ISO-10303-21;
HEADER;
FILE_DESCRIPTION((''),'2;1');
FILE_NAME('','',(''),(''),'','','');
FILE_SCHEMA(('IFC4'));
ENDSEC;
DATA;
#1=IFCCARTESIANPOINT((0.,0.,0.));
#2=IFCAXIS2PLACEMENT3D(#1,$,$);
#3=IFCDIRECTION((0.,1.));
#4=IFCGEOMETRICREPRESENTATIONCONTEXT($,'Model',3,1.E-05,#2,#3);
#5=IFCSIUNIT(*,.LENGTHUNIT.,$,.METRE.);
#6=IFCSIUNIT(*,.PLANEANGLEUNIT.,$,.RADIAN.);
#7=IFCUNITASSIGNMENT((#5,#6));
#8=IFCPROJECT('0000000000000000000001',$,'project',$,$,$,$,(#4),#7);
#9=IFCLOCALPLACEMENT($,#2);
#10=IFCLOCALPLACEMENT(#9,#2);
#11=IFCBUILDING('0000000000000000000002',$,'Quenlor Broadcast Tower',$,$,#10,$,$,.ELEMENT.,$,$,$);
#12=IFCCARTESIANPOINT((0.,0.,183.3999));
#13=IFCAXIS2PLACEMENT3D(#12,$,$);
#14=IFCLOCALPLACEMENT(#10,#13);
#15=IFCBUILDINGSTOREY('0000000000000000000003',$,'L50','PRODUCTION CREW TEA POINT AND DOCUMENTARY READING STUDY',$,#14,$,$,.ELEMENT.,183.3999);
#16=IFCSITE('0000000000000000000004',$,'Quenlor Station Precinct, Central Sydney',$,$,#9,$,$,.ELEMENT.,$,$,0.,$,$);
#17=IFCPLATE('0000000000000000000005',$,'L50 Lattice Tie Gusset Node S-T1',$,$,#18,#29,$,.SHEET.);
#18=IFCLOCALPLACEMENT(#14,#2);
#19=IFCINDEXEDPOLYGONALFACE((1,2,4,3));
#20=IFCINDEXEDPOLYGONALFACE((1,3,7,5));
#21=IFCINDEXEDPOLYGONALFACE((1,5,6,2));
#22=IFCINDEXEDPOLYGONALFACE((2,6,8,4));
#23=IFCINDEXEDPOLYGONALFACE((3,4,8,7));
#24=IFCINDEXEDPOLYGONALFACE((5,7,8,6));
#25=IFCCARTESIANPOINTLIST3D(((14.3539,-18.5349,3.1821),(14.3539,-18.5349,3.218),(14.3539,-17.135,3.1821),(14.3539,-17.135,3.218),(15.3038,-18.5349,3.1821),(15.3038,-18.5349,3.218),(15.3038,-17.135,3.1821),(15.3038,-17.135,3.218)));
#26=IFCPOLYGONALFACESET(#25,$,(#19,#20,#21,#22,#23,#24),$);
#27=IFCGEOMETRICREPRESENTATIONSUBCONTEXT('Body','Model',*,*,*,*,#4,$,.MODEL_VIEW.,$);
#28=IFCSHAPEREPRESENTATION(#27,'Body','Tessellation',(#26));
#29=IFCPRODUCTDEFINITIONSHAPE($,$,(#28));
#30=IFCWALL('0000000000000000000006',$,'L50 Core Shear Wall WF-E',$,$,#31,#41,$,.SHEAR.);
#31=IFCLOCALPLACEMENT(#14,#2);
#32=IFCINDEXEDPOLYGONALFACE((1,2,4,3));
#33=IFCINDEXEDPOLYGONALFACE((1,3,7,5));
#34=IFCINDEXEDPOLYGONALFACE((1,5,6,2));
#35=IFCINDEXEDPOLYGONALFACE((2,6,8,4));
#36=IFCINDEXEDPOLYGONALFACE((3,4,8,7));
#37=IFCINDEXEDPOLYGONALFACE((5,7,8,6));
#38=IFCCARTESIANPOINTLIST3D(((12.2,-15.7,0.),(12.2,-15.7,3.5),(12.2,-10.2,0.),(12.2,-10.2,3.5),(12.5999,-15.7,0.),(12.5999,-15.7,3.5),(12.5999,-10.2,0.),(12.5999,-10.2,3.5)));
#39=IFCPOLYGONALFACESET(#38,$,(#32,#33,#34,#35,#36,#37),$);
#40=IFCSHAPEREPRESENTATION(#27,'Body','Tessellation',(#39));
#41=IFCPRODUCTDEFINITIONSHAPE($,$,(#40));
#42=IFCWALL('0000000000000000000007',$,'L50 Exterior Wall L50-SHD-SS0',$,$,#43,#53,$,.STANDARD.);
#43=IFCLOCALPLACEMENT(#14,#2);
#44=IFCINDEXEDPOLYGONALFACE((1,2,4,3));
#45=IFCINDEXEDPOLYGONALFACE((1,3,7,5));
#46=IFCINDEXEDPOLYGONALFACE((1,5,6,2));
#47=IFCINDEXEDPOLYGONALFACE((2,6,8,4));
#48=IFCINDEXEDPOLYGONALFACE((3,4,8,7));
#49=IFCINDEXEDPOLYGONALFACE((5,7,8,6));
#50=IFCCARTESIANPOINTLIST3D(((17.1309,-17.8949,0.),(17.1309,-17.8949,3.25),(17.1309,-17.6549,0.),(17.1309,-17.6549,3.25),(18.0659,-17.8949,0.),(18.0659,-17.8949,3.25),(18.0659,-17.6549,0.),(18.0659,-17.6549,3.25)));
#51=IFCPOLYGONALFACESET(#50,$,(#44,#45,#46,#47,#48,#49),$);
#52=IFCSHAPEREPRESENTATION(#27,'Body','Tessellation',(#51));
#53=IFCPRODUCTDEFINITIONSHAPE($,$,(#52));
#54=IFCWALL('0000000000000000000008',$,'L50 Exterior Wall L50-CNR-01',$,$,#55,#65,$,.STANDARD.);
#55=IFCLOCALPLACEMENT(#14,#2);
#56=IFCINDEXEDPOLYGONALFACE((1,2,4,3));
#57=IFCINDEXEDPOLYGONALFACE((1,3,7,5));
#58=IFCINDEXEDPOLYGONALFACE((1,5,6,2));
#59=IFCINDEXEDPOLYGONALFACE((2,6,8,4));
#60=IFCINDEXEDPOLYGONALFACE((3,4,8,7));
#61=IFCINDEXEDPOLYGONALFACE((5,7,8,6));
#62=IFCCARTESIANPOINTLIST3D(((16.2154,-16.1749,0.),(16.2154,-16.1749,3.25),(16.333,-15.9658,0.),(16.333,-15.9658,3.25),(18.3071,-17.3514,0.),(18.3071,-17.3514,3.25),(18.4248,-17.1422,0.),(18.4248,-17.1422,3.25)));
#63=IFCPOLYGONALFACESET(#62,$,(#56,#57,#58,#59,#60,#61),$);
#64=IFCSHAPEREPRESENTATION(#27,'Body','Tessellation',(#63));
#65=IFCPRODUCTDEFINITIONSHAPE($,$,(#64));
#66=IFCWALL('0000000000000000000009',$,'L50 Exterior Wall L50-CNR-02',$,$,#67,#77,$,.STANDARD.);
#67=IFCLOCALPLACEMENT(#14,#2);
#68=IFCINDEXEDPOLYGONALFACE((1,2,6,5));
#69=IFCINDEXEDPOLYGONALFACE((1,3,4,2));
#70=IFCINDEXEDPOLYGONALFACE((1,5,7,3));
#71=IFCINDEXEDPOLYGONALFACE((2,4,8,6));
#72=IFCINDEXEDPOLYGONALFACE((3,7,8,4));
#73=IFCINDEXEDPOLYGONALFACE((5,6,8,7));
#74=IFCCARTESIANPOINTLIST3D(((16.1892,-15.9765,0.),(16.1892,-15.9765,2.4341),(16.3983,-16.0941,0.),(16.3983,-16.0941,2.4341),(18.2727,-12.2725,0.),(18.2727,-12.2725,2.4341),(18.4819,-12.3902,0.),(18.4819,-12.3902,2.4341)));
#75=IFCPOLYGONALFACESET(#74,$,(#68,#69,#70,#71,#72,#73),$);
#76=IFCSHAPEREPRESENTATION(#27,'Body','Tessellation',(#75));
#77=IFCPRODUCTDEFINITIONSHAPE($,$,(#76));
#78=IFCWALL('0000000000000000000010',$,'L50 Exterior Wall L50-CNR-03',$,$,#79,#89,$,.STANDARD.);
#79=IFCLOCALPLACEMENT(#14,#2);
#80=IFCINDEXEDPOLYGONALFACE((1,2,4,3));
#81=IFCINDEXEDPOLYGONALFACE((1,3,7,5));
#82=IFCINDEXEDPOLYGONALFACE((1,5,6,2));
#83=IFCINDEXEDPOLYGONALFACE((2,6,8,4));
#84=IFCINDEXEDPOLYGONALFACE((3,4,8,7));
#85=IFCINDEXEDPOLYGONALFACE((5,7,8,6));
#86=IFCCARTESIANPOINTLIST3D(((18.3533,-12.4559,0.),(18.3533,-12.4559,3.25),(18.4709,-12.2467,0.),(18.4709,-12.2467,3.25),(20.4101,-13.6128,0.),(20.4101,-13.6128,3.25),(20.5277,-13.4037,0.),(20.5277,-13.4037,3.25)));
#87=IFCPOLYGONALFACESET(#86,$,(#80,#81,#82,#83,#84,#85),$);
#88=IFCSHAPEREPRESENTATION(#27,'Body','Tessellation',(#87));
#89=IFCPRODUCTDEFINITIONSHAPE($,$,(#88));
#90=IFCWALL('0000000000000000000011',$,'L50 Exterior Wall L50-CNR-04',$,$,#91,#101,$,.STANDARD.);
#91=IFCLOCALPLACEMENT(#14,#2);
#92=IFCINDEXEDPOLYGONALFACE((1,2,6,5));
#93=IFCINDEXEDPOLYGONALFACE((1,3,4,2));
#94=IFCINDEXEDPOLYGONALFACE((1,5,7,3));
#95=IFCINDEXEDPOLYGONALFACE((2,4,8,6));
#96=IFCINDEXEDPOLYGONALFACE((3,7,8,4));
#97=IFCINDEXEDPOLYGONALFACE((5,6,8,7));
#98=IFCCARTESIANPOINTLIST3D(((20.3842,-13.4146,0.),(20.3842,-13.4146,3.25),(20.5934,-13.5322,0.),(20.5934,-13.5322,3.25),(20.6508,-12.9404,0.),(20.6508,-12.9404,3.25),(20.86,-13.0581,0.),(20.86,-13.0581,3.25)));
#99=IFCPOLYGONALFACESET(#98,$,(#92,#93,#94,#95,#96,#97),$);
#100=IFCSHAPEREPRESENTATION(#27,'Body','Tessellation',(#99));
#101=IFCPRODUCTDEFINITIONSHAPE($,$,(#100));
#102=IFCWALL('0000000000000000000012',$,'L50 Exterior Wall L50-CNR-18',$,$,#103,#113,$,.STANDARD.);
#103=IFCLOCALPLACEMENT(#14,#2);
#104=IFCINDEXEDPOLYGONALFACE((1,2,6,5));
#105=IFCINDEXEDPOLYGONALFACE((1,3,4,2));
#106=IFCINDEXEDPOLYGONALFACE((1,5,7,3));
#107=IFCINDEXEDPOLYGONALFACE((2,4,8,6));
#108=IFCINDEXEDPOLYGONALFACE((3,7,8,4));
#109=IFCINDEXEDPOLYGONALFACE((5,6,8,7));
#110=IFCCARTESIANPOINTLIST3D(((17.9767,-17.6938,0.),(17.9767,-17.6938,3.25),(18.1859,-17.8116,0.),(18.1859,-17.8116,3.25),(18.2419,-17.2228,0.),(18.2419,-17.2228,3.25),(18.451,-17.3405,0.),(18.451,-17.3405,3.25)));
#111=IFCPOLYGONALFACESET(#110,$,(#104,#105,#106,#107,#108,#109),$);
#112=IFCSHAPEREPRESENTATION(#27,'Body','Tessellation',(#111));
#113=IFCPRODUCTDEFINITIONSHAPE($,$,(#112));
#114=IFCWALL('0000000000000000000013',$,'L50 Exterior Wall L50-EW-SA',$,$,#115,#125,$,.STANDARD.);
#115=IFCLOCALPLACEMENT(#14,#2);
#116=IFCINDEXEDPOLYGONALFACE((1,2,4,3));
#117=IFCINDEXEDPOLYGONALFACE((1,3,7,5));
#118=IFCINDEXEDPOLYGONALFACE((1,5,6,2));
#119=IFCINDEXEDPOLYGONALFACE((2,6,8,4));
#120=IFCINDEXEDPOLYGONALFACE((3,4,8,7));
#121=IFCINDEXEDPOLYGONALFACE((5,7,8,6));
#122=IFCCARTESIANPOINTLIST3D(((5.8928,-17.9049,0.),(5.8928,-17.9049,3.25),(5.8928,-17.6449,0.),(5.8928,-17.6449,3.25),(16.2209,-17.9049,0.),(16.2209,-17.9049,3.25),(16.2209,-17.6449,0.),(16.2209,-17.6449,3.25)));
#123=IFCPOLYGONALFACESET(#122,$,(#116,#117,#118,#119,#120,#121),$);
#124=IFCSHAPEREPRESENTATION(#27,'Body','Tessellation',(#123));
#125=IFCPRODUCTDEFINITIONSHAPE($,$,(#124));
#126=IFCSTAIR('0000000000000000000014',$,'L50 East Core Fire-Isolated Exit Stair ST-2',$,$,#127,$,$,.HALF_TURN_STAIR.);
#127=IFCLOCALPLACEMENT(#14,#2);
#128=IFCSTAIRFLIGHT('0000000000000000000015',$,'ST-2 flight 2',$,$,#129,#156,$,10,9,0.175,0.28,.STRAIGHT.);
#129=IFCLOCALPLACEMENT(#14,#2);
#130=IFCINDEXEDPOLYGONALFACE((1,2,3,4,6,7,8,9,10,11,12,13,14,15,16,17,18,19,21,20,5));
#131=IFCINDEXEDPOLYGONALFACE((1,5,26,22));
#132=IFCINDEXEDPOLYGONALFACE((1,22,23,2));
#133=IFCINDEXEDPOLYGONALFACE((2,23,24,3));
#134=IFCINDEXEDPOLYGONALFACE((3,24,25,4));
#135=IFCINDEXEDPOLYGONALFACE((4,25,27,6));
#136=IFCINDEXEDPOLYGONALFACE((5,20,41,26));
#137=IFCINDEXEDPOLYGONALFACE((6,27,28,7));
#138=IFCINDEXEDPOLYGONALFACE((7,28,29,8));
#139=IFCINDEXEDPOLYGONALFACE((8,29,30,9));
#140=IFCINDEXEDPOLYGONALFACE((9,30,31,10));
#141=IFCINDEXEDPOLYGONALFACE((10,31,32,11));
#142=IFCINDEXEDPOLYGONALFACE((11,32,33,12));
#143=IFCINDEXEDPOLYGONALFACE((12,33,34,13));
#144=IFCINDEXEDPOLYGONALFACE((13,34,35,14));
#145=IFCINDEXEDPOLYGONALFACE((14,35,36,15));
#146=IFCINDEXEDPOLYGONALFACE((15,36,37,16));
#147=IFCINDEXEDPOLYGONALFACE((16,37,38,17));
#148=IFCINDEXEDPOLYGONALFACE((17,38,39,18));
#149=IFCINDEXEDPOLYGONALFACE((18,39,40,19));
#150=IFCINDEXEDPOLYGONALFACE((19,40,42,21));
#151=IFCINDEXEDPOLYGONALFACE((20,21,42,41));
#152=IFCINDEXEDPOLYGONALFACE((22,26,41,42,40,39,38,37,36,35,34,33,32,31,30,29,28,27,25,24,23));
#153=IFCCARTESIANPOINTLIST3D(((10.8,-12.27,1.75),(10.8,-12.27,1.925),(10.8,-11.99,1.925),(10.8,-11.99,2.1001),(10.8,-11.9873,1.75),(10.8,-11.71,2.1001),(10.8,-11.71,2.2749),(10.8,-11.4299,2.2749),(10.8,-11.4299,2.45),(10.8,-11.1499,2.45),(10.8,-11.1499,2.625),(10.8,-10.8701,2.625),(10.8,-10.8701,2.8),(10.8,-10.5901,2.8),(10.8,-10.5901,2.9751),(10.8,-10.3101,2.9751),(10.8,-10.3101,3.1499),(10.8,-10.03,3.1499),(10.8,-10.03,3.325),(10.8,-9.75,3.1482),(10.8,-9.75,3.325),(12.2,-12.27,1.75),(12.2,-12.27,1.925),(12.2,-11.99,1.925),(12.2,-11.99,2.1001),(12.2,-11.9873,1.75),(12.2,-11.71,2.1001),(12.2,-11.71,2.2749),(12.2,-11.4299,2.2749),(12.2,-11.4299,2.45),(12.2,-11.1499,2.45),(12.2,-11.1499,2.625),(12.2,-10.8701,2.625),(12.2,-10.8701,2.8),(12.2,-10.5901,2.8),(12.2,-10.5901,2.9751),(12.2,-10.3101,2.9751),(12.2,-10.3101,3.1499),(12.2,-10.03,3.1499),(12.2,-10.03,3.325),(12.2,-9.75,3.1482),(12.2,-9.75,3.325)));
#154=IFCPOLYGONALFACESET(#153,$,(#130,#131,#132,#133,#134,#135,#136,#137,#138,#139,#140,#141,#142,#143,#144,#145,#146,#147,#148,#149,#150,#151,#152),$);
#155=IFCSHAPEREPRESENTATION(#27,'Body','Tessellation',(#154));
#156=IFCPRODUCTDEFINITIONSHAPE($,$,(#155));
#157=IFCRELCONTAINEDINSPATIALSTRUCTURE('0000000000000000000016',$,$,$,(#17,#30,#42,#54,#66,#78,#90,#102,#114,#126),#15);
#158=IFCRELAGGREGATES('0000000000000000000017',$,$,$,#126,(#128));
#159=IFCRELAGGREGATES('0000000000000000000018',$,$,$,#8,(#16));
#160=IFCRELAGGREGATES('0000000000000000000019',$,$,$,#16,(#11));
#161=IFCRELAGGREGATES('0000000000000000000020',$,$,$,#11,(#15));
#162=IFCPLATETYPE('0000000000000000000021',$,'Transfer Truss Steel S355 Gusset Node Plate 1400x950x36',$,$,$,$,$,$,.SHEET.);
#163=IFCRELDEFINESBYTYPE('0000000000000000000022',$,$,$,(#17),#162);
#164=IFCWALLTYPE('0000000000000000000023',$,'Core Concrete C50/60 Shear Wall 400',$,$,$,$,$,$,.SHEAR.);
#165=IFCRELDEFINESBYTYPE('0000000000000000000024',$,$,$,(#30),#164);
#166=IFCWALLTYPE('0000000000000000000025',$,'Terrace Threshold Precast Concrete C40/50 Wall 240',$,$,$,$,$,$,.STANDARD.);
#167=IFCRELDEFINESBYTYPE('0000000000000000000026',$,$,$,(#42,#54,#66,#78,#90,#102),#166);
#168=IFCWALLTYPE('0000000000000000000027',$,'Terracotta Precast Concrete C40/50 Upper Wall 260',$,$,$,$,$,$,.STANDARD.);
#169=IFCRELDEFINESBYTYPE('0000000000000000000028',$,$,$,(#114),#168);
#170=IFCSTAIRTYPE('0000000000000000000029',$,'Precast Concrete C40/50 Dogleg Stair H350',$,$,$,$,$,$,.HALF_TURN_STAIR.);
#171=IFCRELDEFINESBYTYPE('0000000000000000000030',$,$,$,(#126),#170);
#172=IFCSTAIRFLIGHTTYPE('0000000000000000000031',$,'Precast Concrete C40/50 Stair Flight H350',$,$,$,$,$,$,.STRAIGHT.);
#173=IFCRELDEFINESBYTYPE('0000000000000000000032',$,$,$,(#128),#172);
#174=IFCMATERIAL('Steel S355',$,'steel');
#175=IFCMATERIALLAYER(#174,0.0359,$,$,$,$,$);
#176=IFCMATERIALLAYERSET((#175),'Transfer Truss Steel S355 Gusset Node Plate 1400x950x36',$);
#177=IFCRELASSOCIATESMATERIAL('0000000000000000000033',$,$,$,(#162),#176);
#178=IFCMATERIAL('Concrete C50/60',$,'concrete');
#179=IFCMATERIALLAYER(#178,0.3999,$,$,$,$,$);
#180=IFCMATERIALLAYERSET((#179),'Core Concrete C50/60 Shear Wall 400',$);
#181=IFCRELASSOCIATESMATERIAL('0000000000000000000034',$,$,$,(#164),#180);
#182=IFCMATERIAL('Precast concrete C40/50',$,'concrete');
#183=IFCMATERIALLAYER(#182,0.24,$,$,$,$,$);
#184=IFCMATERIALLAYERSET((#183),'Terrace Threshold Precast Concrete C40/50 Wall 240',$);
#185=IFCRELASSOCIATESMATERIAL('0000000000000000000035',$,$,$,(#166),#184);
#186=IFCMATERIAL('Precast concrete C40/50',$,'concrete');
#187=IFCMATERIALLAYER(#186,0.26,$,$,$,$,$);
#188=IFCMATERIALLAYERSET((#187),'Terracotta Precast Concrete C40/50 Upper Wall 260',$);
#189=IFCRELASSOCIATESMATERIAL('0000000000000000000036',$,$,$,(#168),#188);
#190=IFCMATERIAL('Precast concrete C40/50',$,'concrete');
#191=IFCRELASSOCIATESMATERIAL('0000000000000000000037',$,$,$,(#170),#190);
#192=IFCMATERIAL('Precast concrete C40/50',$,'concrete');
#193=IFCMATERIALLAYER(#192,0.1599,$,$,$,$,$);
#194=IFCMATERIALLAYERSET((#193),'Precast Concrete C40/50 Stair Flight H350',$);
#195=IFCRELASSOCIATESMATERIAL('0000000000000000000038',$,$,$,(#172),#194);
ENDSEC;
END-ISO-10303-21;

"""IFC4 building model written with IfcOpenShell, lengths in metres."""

from ifc_helpers import new_model, si_unit, direction, frame, frame_2d, origin, origin_2d, place, context, subcontext, project, spatial, polyline, rectangle, outline, extrude, material, layer, layer_set, type_object, element, aggregate, save


model = new_model("IFC4")

# Units and contexts
model_context = context("Model", 3, precision=1e-05, world=origin(), true_north=direction((0.0, 1.0)))
body_context = subcontext(model_context, "Body", "Model", "MODEL_VIEW")
ifc_project = project(units=[si_unit("LENGTHUNIT", "METRE"), si_unit("PLANEANGLEUNIT", "RADIAN")], contexts=[model_context])

# Site, building, storey
site_placement = place(None, origin())
site = spatial("IfcSite", under=ifc_project, at=site_placement, Name="Quenlor Station Precinct, Central Sydney", CompositionType="ELEMENT", RefElevation=0.0)
building_placement = place(site_placement, origin())
building = spatial("IfcBuilding", under=site, at=building_placement, Name="Quenlor Broadcast Tower", CompositionType="ELEMENT")
storey_placement = place(building_placement, frame((0.0, 0.0, 183.3999)))
storey = spatial("IfcBuildingStorey", under=building, at=storey_placement, Name="L50", Description="PRODUCTION CREW TEA POINT AND DOCUMENTARY READING STUDY", CompositionType="ELEMENT", Elevation=183.3999)

# Plate
ifc_material_1 = material(Name="Steel S355", Category="steel")
ifc_layer_1 = layer(ifc_material_1, 0.0359)
ifc_layer_set_1 = layer_set([ifc_layer_1], Name="Transfer Truss Steel S355 Gusset Node Plate 1400x950x36")
plate_type_1 = type_object("IfcPlateType", Name="Transfer Truss Steel S355 Gusset Node Plate 1400x950x36", PredefinedType="SHEET", material=ifc_layer_set_1)
for number, where, z_axis, x_axis, name in (
    (1, (14.8289, -17.835, 3.1821), (0.0, 0.0, 1.0), (0.0, -1.0, 0.0), "L50 Lattice Tie Gusset Node S-T1"),
):
    element("IfcPlate", number, at=place(storey_placement, frame(where, z_axis=z_axis, x_axis=x_axis)), inside=storey, type_object=plate_type_1, Name=name, PredefinedType="SHEET", context=body_context, shape_type="SweptSolid", body=[
        extrude(rectangle(XDim=1.3999, YDim=0.95, at=origin_2d()), origin(), (0.0, 0.0, 1.0), 0.0359),
    ])

# Walls
ifc_material_2 = material(Name="Concrete C50/60", Category="concrete")
ifc_layer_2 = layer(ifc_material_2, 0.3999)
ifc_layer_set_2 = layer_set([ifc_layer_2], Name="Core Concrete C50/60 Shear Wall 400")
wall_type_1 = type_object("IfcWallType", Name="Core Concrete C50/60 Shear Wall 400", PredefinedType="SHEAR", material=ifc_layer_set_2)
wall_1_placement = place(storey_placement, frame((12.3999, -15.7, 0.0), z_axis=(0.0, 0.0, 1.0), x_axis=(0.0, 1.0, 0.0)))
element("IfcWall", 2, at=wall_1_placement, inside=storey, type_object=wall_type_1, Name="L50 Core Shear Wall WF-E", PredefinedType="SHEAR", context=body_context, shape_type="SweptSolid", body=[
    extrude(rectangle(XDim=5.5, YDim=0.3999, at=frame_2d((2.75, 0.0))), origin(), (0.0, 0.0, 1.0), 3.5),
])
ifc_material_3 = material(Name="Precast concrete C40/50", Category="concrete")
ifc_layer_3 = layer(ifc_material_3, 0.24)
ifc_layer_set_3 = layer_set([ifc_layer_3], Name="Terrace Threshold Precast Concrete C40/50 Wall 240")
wall_type_2 = type_object("IfcWallType", Name="Terrace Threshold Precast Concrete C40/50 Wall 240", PredefinedType="STANDARD", material=ifc_layer_set_3)
wall_2_placement = place(storey_placement, frame((18.0659, -17.7749, 0.0), z_axis=(0.0, 0.0, 1.0), x_axis=(-1.0, 0.0, 0.0)))
element("IfcWall", 3, at=wall_2_placement, inside=storey, type_object=wall_type_2, Name="L50 Exterior Wall L50-SHD-SS0", PredefinedType="STANDARD", context=body_context, shape_type="SweptSolid", body=[
    extrude(rectangle(XDim=0.9351, YDim=0.24, at=frame_2d((0.4675, 0.0))), origin(), (0.0, 0.0, 1.0), 3.25),
])
wall_3_placement = place(storey_placement, frame((18.366, -17.2468, 0.0), z_axis=(0.0, 0.0, 1.0), x_axis=(-0.871597, 0.490223, 0.0)))
element("IfcWall", 4, at=wall_3_placement, inside=storey, type_object=wall_type_2, Name="L50 Exterior Wall L50-CNR-01", PredefinedType="STANDARD", context=body_context, shape_type="SweptSolid", body=[
    extrude(rectangle(XDim=2.3999, YDim=0.24, at=frame_2d((1.2, 0.0))), origin(), (0.0, 0.0, 1.0), 3.25),
])
wall_4_placement = place(storey_placement, frame((16.2937, -16.0354, 0.0), z_axis=(0.0, 0.0, 1.0), x_axis=(0.490275, 0.871568, 0.0)))
element("IfcWall", 5, at=wall_4_placement, inside=storey, type_object=wall_type_2, Name="L50 Exterior Wall L50-CNR-02", PredefinedType="STANDARD", context=body_context, shape_type="SweptSolid", body=[
    extrude(rectangle(XDim=4.2498, YDim=0.24, at=frame_2d((2.125, 0.0))), origin(), (0.0, 0.0, 1.0), 2.4341),
])
wall_5_placement = place(storey_placement, frame((18.4121, -12.3513, 0.0), z_axis=(0.0, 0.0, 1.0), x_axis=(0.871578, -0.490256, 0.0)))
element("IfcWall", 6, at=wall_5_placement, inside=storey, type_object=wall_type_2, Name="L50 Exterior Wall L50-CNR-03", PredefinedType="STANDARD", context=body_context, shape_type="SweptSolid", body=[
    extrude(rectangle(XDim=2.3599, YDim=0.24, at=frame_2d((1.1799, 0.0))), origin(), (0.0, 0.0, 1.0), 3.25),
])
wall_6_placement = place(storey_placement, frame((20.4888, -13.4734, 0.0), z_axis=(0.0, 0.0, 1.0), x_axis=(0.490133, 0.871647, 0.0)))
element("IfcWall", 7, at=wall_6_placement, inside=storey, type_object=wall_type_2, Name="L50 Exterior Wall L50-CNR-04", PredefinedType="STANDARD", context=body_context, shape_type="SweptSolid", body=[
    extrude(rectangle(XDim=0.5439, YDim=0.24, at=frame_2d((0.272, 0.0))), origin(), (0.0, 0.0, 1.0), 3.25),
])
wall_7_placement = place(storey_placement, frame((18.0813, -17.7527, 0.0), z_axis=(0.0, 0.0, 1.0), x_axis=(0.490583, 0.871395, 0.0)))
element("IfcWall", 8, at=wall_7_placement, inside=storey, type_object=wall_type_2, Name="L50 Exterior Wall L50-CNR-18", PredefinedType="STANDARD", context=body_context, shape_type="SweptSolid", body=[
    extrude(rectangle(XDim=0.5405, YDim=0.24, at=frame_2d((0.2703, 0.0))), origin(), (0.0, 0.0, 1.0), 3.25),
])
ifc_material_4 = material(Name="Precast concrete C40/50", Category="concrete")
ifc_layer_4 = layer(ifc_material_4, 0.26)
ifc_layer_set_4 = layer_set([ifc_layer_4], Name="Terracotta Precast Concrete C40/50 Upper Wall 260")
wall_type_3 = type_object("IfcWallType", Name="Terracotta Precast Concrete C40/50 Upper Wall 260", PredefinedType="STANDARD", material=ifc_layer_set_4)
wall_8_placement = place(storey_placement, frame((16.2209, -17.7749, 0.0), z_axis=(0.0, 0.0, 1.0), x_axis=(-1.0, 0.0, 0.0)))
element("IfcWall", 9, at=wall_8_placement, inside=storey, type_object=wall_type_3, Name="L50 Exterior Wall L50-EW-SA", PredefinedType="STANDARD", context=body_context, shape_type="SweptSolid", body=[
    extrude(rectangle(XDim=10.3281, YDim=0.26, at=frame_2d((5.1641, 0.0))), origin(), (0.0, 0.0, 1.0), 3.25),
])

# Stair, stair flight
ifc_material_5 = material(Name="Precast concrete C40/50", Category="concrete")
stair_type = type_object("IfcStairType", Name="Precast Concrete C40/50 Dogleg Stair H350", PredefinedType="HALF_TURN_STAIR", material=ifc_material_5)
stair_placement = place(storey_placement, origin())
stair = element("IfcStair", 10, at=stair_placement, inside=storey, type_object=stair_type, Name="L50 East Core Fire-Isolated Exit Stair ST-2", PredefinedType="HALF_TURN_STAIR")
ifc_material_6 = material(Name="Precast concrete C40/50", Category="concrete")
ifc_layer_5 = layer(ifc_material_6, 0.1599)
ifc_layer_set_5 = layer_set([ifc_layer_5], Name="Precast Concrete C40/50 Stair Flight H350")
stair_flight_type = type_object("IfcStairFlightType", Name="Precast Concrete C40/50 Stair Flight H350", PredefinedType="STRAIGHT", material=ifc_layer_set_5)
stair_flight_placement = place(storey_placement, frame((11.5, -12.27, 1.75), z_axis=(0.0, 0.0, 1.0), x_axis=(0.0, 1.0, 0.0)))
stair_flight = element("IfcStairFlight", 11, at=stair_flight_placement, type_object=stair_flight_type, Name="ST-2 flight 2", NumberOfRisers=10, NumberOfTreads=9, PredefinedType="STRAIGHT", RiserHeight=0.175, TreadLength=0.28, context=body_context, shape_type="SweptSolid", body=[
    extrude(outline(polyline([(0.0, 0.0), (0.0, 0.175), (0.28, 0.175), (0.28, 0.3501), (0.5601, 0.3501), (0.5601, 0.5249), (0.8401, 0.5249), (0.8401, 0.7), (1.1201, 0.7), (1.1201, 0.875), (1.3999, 0.875), (1.3999, 1.05), (1.6799, 1.05), (1.6799, 1.2251), (1.96, 1.2251), (1.96, 1.3999), (2.24, 1.3999), (2.24, 1.575), (2.52, 1.575), (2.52, 1.75), (2.52, 1.3982), (0.2827, 0.0), (0.0, 0.0)])), frame((0.0, 0.7, 0.0), z_axis=(0.0, -1.0, 0.0), x_axis=(1.0, 0.0, 0.0)), (0.0, 0.0, 1.0), 1.3999),
])
aggregate(stair, [stair_flight])

save(model, "model.ifc")
